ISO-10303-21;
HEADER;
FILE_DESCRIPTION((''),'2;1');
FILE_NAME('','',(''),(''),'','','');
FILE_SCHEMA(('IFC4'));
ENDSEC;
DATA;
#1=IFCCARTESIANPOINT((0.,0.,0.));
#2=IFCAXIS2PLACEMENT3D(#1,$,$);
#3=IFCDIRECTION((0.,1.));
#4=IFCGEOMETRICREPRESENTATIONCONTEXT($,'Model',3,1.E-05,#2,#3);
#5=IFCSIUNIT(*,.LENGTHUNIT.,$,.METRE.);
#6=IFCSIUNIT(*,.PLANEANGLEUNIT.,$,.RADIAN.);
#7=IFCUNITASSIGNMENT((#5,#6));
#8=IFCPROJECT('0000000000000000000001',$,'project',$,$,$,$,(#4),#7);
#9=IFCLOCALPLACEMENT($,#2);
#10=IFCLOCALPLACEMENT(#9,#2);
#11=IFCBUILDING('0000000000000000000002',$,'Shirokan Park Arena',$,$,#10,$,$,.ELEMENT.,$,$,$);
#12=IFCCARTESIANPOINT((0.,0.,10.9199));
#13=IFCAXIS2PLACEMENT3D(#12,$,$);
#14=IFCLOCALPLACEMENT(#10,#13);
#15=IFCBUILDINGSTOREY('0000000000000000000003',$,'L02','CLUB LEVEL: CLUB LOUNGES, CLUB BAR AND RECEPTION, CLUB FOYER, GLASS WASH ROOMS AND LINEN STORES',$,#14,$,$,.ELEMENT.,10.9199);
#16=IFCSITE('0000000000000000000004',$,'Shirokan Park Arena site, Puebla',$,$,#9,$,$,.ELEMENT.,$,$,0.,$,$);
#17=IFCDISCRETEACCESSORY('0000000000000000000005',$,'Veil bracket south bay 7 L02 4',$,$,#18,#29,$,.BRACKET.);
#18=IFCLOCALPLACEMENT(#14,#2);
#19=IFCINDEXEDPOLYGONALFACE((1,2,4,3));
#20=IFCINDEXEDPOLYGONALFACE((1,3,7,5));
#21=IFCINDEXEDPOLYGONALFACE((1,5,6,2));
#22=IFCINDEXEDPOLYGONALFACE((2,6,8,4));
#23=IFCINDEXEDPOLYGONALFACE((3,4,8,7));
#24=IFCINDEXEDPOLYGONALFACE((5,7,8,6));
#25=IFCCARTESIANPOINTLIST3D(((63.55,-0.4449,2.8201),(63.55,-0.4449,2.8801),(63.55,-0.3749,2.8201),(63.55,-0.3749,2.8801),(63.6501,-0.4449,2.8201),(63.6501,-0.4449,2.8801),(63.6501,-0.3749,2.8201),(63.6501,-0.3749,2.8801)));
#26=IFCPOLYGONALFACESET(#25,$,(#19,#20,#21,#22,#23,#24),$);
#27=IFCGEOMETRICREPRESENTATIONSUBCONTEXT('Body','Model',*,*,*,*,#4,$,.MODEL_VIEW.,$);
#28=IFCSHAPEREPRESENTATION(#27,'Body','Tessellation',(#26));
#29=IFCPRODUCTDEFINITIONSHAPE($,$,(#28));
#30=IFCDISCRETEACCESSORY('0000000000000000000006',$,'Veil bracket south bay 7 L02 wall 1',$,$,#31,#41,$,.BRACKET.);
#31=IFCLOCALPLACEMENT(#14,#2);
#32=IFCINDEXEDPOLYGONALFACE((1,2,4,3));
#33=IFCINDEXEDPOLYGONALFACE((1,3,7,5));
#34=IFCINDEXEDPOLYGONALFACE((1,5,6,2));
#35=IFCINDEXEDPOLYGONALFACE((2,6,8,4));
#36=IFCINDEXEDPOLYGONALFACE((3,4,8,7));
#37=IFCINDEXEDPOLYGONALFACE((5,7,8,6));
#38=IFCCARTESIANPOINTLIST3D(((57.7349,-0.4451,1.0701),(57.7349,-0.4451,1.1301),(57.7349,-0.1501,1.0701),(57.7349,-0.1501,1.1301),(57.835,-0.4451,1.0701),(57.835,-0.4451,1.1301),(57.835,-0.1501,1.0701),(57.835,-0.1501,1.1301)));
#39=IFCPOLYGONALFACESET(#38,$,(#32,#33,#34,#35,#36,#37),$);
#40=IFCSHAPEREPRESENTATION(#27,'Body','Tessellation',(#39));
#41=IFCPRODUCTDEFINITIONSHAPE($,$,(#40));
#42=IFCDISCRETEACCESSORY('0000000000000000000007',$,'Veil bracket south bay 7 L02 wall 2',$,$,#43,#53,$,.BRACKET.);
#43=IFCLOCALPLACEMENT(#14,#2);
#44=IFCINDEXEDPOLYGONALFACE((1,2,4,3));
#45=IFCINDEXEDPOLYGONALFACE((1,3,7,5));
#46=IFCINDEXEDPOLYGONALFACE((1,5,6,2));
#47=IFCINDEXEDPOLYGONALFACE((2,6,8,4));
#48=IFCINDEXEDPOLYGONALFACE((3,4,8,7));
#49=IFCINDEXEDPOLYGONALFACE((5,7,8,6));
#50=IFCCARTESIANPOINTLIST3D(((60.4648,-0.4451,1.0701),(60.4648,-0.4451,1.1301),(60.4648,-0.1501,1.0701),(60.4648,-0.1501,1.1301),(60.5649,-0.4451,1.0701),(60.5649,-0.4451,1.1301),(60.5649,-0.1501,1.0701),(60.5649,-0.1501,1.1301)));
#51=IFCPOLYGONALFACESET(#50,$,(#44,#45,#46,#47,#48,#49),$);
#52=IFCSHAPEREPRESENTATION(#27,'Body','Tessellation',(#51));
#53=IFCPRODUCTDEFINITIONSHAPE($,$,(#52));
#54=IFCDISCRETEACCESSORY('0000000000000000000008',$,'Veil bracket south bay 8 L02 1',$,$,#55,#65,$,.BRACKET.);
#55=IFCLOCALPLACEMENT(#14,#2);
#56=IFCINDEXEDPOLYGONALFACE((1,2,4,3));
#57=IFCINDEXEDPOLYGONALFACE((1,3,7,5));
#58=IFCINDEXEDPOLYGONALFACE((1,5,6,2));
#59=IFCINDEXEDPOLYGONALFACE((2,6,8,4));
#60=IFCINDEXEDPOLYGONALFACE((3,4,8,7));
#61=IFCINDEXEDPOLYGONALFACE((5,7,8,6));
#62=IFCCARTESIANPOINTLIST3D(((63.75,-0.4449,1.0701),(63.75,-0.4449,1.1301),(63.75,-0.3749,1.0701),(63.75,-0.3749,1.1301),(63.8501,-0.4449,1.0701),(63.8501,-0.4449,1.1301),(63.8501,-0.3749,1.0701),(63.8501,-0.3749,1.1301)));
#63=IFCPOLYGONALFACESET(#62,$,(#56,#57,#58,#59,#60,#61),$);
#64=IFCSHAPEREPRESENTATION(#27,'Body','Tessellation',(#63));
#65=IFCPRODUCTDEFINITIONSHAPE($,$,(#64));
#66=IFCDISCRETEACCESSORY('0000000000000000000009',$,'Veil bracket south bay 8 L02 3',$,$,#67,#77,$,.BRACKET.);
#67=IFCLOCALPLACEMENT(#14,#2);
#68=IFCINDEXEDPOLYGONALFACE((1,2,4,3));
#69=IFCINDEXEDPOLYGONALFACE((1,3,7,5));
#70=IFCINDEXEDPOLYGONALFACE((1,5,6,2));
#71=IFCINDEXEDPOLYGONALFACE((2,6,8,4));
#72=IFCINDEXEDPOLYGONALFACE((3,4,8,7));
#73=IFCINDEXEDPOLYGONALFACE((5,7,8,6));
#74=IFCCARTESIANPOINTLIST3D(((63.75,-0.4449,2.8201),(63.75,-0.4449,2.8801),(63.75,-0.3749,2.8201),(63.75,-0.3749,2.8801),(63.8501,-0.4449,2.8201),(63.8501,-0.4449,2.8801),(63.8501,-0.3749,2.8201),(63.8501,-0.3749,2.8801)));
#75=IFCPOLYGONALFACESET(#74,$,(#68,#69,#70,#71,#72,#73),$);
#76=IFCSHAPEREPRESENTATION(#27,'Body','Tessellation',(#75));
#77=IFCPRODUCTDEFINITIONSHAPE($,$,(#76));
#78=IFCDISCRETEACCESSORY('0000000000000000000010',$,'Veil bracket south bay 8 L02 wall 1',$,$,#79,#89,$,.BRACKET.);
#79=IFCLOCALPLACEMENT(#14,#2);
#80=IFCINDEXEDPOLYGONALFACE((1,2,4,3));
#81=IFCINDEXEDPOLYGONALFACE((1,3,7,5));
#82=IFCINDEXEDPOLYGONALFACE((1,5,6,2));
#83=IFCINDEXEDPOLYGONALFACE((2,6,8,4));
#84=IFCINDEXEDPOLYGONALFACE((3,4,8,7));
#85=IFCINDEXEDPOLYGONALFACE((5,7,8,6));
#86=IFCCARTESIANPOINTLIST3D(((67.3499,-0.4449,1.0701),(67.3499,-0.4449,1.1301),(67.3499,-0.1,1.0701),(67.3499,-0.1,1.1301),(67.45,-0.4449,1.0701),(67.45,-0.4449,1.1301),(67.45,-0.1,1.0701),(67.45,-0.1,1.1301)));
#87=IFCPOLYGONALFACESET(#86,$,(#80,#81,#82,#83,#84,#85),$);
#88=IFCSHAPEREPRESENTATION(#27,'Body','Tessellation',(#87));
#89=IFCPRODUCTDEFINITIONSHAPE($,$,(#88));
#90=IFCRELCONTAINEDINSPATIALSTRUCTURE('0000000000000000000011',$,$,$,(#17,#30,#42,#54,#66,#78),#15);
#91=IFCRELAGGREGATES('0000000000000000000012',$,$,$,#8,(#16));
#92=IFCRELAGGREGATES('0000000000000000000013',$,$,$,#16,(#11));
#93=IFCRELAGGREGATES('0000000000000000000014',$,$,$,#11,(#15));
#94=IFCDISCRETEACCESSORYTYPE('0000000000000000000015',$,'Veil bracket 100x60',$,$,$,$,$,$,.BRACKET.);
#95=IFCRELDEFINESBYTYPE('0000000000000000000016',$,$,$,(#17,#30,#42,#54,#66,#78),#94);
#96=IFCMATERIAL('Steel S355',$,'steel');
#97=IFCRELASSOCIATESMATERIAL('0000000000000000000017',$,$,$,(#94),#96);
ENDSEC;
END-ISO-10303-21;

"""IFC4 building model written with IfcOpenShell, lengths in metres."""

from ifc_helpers import new_model, si_unit, direction, frame, origin, origin_2d, place, context, subcontext, project, spatial, rectangle, extrude, material, type_object, element, save


model = new_model("IFC4")

# Units and contexts
model_context = context("Model", 3, precision=1e-05, world=origin(), true_north=direction((0.0, 1.0)))
body_context = subcontext(model_context, "Body", "Model", "MODEL_VIEW")
ifc_project = project(units=[si_unit("LENGTHUNIT", "METRE"), si_unit("PLANEANGLEUNIT", "RADIAN")], contexts=[model_context])

# Site, building, storey
site_placement = place(None, origin())
site = spatial("IfcSite", under=ifc_project, at=site_placement, Name="Shirokan Park Arena site, Puebla", CompositionType="ELEMENT", RefElevation=0.0)
building_placement = place(site_placement, origin())
building = spatial("IfcBuilding", under=site, at=building_placement, Name="Shirokan Park Arena", CompositionType="ELEMENT")
storey_placement = place(building_placement, frame((0.0, 0.0, 10.9199)))
storey = spatial("IfcBuildingStorey", under=building, at=storey_placement, Name="L02", Description="CLUB LEVEL: CLUB LOUNGES, CLUB BAR AND RECEPTION, CLUB FOYER, GLASS WASH ROOMS AND LINEN STORES", CompositionType="ELEMENT", Elevation=10.9199)

# Shared definitions
ifc_material_1 = material(Name="Steel S355", Category="steel")

# Discrete accessories
discrete_accessory_type = type_object("IfcDiscreteAccessoryType", Name="Veil bracket 100x60", PredefinedType="BRACKET", material=ifc_material_1)
for number, where, z_axis, x_axis, name in (
    (1, (63.6001, -0.4099, 2.8201), (0.0, 0.0, 1.0), (1.0, 0.0, 0.0), "Veil bracket south bay 7 L02 4"),
):
    element("IfcDiscreteAccessory", number, at=place(storey_placement, frame(where, z_axis=z_axis, x_axis=x_axis)), inside=storey, type_object=discrete_accessory_type, Name=name, PredefinedType="BRACKET", context=body_context, shape_type="SweptSolid", body=[
        extrude(rectangle(XDim=0.1001, YDim=0.0701, at=origin_2d()), origin(), (0.0, 0.0, 1.0), 0.0601),
    ])
for number, where, z_axis, x_axis, name in (
    (2, (57.7849, -0.2976, 1.0701), (0.0, 0.0, 1.0), (1.0, 0.0, 0.0), "Veil bracket south bay 7 L02 wall 1"),
    (3, (60.5149, -0.2976, 1.0701), (0.0, 0.0, 1.0), (1.0, 0.0, 0.0), "Veil bracket south bay 7 L02 wall 2"),
):
    element("IfcDiscreteAccessory", number, at=place(storey_placement, frame(where, z_axis=z_axis, x_axis=x_axis)), inside=storey, type_object=discrete_accessory_type, Name=name, PredefinedType="BRACKET", context=body_context, shape_type="SweptSolid", body=[
        extrude(rectangle(XDim=0.1001, YDim=0.2949, at=origin_2d()), origin(), (0.0, 0.0, 1.0), 0.0601),
    ])
for number, where, z_axis, x_axis, name in (
    (4, (63.8, -0.4099, 1.0701), (0.0, 0.0, 1.0), (1.0, 0.0, 0.0), "Veil bracket south bay 8 L02 1"),
    (5, (63.8, -0.4099, 2.8201), (0.0, 0.0, 1.0), (1.0, 0.0, 0.0), "Veil bracket south bay 8 L02 3"),
):
    element("IfcDiscreteAccessory", number, at=place(storey_placement, frame(where, z_axis=z_axis, x_axis=x_axis)), inside=storey, type_object=discrete_accessory_type, Name=name, PredefinedType="BRACKET", context=body_context, shape_type="SweptSolid", body=[
        extrude(rectangle(XDim=0.1001, YDim=0.0701, at=origin_2d()), origin(), (0.0, 0.0, 1.0), 0.0601),
    ])
discrete_accessory_placement = place(storey_placement, frame((67.3999, -0.2725, 1.0701), z_axis=(0.0, 0.0, 1.0), x_axis=(1.0, 0.0, 0.0)))
element("IfcDiscreteAccessory", 6, at=discrete_accessory_placement, inside=storey, type_object=discrete_accessory_type, Name="Veil bracket south bay 8 L02 wall 1", PredefinedType="BRACKET", context=body_context, shape_type="SweptSolid", body=[
    extrude(rectangle(XDim=0.1001, YDim=0.345, at=origin_2d()), origin(), (0.0, 0.0, 1.0), 0.0601),
])

save(model, "model.ifc")
